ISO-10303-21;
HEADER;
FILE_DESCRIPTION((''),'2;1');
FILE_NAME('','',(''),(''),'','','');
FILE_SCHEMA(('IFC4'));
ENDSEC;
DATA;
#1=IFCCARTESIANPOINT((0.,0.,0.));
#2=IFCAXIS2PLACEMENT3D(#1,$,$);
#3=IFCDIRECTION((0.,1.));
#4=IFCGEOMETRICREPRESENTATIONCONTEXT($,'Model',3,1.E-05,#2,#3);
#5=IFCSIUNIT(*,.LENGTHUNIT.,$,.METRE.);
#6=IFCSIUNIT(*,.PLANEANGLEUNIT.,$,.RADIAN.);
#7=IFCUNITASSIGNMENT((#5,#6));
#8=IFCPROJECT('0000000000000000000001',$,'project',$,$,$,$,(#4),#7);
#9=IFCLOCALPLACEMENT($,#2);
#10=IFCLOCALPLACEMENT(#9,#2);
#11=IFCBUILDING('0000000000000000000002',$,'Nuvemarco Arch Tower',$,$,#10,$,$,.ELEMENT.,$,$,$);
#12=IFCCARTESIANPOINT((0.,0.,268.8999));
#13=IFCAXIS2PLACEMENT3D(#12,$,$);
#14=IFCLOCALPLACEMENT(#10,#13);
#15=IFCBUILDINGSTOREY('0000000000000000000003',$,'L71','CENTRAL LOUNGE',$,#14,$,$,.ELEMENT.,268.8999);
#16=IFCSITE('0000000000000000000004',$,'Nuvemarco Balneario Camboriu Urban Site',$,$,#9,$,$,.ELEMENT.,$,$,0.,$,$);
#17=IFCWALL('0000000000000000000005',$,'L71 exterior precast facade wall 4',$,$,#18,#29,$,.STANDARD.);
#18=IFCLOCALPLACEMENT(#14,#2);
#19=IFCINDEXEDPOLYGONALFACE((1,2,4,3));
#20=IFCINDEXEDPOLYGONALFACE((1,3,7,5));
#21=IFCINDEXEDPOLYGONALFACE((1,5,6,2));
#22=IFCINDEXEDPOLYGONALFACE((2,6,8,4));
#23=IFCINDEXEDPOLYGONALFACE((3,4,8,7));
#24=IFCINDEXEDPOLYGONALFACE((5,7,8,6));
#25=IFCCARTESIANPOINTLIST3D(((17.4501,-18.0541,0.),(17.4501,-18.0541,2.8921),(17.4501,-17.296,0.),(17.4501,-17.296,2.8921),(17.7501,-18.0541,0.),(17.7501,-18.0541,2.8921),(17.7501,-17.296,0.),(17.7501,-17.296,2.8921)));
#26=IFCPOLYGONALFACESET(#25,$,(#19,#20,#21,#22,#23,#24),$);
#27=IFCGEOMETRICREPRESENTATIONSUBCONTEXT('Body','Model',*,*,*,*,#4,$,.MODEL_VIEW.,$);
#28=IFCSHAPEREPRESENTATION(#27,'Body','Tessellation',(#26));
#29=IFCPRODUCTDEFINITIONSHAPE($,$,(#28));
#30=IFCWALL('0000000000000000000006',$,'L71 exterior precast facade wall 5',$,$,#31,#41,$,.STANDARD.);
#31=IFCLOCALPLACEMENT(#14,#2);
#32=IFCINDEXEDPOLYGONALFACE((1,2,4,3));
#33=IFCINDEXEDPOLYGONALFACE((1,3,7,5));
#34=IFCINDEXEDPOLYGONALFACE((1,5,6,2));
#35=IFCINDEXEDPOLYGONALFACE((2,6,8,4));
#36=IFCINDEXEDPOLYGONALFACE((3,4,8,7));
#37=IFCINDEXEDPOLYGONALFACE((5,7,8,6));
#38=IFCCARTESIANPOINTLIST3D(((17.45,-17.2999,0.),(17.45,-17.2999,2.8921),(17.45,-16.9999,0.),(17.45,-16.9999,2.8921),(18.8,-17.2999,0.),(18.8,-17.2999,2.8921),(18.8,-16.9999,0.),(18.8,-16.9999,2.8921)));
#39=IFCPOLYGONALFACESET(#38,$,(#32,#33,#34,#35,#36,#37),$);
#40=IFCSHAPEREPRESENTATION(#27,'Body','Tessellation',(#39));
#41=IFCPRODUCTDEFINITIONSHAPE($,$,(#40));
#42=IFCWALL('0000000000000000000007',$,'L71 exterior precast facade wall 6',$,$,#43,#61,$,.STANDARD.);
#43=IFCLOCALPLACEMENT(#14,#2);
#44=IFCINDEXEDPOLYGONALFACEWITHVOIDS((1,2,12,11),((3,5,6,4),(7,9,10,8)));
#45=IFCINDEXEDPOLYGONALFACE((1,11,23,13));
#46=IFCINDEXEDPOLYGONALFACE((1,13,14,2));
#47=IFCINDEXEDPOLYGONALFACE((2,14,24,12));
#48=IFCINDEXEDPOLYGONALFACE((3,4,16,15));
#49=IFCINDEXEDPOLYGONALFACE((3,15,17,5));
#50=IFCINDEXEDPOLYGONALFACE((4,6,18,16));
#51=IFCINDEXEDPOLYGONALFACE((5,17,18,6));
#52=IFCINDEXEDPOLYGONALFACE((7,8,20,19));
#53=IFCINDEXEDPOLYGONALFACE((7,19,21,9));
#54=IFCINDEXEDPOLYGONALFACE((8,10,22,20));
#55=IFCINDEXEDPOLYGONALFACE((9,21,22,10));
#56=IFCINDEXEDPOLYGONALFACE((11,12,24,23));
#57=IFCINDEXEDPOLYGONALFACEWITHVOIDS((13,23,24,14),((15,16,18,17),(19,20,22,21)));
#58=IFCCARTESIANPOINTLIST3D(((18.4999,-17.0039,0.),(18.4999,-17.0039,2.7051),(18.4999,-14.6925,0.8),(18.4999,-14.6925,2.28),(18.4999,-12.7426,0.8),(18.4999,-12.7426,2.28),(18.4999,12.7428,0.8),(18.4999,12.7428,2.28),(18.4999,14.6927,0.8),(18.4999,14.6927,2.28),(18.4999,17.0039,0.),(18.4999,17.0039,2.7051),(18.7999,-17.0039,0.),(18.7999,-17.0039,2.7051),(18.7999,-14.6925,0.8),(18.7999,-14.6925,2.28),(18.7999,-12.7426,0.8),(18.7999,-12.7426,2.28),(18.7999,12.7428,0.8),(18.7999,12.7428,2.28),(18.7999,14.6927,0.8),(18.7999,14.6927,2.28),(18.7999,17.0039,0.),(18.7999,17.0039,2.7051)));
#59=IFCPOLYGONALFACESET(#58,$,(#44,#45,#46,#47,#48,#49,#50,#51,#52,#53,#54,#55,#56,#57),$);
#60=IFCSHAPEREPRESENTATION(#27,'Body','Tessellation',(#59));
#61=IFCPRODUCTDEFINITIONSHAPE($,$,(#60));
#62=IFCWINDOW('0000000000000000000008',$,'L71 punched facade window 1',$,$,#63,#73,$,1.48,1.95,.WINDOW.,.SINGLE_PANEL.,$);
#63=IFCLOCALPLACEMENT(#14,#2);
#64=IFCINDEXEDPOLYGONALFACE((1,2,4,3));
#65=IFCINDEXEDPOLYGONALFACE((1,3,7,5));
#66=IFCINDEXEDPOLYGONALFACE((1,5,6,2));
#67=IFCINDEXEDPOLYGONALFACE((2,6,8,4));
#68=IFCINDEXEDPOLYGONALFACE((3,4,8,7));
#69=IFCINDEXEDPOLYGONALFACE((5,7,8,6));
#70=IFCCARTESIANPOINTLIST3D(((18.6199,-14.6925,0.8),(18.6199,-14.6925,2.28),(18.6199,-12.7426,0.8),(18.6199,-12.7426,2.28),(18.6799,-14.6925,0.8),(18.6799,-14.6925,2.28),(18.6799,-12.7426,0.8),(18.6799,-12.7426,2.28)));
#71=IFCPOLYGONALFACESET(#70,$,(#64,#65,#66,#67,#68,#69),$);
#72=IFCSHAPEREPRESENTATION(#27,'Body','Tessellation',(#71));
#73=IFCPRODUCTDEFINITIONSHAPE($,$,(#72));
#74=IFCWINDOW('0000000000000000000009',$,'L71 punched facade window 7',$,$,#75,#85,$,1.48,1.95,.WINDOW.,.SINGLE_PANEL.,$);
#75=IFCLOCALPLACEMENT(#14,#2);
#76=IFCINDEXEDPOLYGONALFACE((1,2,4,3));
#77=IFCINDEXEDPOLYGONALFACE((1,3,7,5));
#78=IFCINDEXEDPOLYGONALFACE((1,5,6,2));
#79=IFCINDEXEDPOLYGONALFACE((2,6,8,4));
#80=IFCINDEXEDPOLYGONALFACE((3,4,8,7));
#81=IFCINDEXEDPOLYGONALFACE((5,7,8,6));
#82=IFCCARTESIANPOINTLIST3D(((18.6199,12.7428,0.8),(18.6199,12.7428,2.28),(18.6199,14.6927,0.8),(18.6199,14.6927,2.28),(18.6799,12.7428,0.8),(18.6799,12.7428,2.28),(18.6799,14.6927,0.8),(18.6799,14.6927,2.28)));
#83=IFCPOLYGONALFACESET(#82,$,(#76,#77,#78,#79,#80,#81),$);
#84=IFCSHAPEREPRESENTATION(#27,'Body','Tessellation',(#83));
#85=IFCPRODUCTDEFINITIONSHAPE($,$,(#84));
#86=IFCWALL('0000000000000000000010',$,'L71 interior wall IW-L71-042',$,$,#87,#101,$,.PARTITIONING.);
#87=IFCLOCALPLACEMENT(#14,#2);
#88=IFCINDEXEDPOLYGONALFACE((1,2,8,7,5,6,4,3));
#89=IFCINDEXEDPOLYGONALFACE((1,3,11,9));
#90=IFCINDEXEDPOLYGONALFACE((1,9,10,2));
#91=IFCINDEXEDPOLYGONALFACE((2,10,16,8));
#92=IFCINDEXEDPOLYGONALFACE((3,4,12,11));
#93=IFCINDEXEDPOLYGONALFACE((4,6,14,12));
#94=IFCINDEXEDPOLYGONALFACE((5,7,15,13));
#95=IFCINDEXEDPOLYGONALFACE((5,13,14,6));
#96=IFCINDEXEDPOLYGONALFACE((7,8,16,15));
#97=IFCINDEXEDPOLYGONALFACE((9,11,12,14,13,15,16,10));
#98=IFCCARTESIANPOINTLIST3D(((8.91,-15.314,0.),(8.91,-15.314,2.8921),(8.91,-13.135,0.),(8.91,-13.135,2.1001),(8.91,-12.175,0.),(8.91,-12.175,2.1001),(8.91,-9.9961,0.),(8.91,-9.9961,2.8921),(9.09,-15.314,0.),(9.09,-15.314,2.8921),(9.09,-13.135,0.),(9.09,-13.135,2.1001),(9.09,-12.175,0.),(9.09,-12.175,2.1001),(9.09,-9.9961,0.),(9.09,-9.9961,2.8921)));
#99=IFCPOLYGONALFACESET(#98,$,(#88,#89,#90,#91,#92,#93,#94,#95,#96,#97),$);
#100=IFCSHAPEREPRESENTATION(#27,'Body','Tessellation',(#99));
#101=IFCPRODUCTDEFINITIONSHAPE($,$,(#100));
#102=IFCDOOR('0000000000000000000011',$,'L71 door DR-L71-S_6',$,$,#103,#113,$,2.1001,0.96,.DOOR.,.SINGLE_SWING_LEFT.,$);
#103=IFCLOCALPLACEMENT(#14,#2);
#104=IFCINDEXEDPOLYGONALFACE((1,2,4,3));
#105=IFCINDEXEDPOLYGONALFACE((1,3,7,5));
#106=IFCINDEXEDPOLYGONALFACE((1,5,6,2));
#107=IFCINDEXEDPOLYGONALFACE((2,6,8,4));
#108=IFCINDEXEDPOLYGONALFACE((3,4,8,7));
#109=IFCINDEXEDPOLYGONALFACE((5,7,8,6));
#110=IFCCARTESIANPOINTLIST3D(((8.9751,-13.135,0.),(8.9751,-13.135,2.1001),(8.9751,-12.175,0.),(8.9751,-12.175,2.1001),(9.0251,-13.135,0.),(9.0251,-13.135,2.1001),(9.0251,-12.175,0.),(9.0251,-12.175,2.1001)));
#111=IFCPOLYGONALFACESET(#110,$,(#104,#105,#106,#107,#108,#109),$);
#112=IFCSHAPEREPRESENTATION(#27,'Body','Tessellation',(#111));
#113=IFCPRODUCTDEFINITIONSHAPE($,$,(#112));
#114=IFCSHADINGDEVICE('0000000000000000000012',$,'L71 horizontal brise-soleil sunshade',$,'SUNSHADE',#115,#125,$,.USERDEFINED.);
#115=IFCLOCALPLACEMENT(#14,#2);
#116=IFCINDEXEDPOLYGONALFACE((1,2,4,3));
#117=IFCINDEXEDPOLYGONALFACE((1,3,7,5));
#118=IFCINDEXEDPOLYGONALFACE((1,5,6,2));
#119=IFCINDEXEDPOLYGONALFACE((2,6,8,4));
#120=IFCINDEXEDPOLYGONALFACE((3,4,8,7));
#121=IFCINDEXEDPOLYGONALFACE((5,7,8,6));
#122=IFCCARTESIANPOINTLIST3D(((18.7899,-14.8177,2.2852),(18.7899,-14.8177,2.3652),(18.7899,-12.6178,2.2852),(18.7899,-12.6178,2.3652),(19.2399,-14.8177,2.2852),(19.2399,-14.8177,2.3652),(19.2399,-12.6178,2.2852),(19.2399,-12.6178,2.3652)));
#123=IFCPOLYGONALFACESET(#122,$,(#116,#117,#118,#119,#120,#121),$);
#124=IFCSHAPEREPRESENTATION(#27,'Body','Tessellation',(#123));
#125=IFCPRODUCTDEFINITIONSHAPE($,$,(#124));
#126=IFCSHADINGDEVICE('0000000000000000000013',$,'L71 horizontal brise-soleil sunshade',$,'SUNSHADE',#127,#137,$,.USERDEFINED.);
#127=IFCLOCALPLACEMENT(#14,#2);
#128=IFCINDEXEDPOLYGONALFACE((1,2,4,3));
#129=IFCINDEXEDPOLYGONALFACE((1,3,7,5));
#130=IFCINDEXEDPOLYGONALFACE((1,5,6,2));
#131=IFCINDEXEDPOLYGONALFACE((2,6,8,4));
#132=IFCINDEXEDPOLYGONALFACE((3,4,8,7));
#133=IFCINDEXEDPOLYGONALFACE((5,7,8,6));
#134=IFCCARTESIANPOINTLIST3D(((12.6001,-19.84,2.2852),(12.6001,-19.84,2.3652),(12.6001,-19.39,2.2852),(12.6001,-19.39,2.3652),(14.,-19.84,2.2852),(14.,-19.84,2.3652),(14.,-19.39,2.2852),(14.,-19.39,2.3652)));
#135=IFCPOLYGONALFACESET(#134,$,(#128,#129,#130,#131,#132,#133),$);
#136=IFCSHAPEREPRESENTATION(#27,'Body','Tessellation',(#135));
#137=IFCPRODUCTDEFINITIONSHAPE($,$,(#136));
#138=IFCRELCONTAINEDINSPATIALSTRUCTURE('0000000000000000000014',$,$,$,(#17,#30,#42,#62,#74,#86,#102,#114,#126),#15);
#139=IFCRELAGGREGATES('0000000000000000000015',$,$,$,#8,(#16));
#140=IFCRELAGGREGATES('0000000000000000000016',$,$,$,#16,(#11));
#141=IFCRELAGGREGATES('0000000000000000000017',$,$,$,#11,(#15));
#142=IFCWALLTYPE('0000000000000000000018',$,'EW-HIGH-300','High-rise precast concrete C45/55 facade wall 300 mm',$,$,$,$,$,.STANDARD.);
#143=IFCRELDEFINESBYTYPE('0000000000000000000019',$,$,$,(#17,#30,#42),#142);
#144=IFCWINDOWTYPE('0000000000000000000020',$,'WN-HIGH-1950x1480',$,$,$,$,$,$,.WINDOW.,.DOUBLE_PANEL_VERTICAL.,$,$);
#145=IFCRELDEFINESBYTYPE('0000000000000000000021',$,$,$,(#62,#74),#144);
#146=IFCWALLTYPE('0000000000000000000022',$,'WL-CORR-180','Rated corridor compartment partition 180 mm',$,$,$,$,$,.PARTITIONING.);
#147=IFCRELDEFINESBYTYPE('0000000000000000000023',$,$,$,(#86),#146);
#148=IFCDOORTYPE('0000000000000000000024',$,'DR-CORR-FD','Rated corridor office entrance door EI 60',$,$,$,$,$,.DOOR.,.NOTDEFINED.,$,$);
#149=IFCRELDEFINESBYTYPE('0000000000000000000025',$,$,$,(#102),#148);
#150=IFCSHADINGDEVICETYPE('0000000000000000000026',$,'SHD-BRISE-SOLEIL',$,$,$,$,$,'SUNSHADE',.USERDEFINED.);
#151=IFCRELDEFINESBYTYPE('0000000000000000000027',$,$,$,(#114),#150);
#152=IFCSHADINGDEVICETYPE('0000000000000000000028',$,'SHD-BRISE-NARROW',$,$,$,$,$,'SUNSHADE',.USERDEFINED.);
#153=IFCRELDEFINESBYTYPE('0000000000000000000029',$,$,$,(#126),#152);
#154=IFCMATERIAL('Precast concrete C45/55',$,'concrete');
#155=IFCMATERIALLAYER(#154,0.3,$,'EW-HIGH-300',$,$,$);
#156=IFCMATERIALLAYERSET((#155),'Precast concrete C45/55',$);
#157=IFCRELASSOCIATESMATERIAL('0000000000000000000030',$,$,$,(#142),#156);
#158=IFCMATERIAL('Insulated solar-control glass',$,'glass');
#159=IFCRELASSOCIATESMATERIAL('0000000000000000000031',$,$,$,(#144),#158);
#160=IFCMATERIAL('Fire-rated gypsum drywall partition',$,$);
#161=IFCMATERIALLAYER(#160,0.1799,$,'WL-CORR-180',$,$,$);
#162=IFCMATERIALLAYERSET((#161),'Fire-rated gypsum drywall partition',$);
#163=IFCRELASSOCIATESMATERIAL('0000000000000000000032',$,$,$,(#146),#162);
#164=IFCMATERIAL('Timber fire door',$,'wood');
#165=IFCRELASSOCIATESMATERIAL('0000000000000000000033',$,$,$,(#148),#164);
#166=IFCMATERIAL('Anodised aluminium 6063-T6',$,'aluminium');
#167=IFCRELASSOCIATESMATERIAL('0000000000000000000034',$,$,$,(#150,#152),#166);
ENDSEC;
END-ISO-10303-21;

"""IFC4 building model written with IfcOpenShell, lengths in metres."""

from ifc_helpers import new_model, si_unit, direction, frame, frame_2d, origin, origin_2d, place, context, subcontext, project, spatial, rectangle, extrude, source, transform, mapped, material, layer, layer_set, type_object, type_shapes, element, fill, save


model = new_model("IFC4")

# Units and contexts
model_context = context("Model", 3, precision=1e-05, world=origin(), true_north=direction((0.0, 1.0)))
body_context = subcontext(model_context, "Body", "Model", "MODEL_VIEW")
ifc_project = project(units=[si_unit("LENGTHUNIT", "METRE"), si_unit("PLANEANGLEUNIT", "RADIAN")], contexts=[model_context])

# Site, building, storey
site_placement = place(None, origin())
site = spatial("IfcSite", under=ifc_project, at=site_placement, Name="Nuvemarco Balneario Camboriu Urban Site", CompositionType="ELEMENT", RefElevation=0.0)
building_placement = place(site_placement, origin())
building = spatial("IfcBuilding", under=site, at=building_placement, Name="Nuvemarco Arch Tower", CompositionType="ELEMENT")
storey_placement = place(building_placement, frame((0.0, 0.0, 268.8999)))
storey = spatial("IfcBuildingStorey", under=building, at=storey_placement, Name="L71", Description="CENTRAL LOUNGE", CompositionType="ELEMENT", Elevation=268.8999)

# Shared definitions
ifc_material_1 = material(Name="Precast concrete C45/55", Category="concrete")

# Walls
ifc_layer_1 = layer(ifc_material_1, 0.3, Name="EW-HIGH-300")
ifc_layer_set_1 = layer_set([ifc_layer_1], Name="Precast concrete C45/55")
wall_type_1 = type_object("IfcWallType", Name="EW-HIGH-300", Description="High-rise precast concrete C45/55 facade wall 300 mm", PredefinedType="STANDARD", material=ifc_layer_set_1)
wall_1_placement = place(storey_placement, frame((17.6001, -18.054, 0.0), z_axis=(0.0, 0.0, 1.0), x_axis=(0.0, 1.0, 0.0)))
element("IfcWall", 1, at=wall_1_placement, inside=storey, type_object=wall_type_1, Name="L71 exterior precast facade wall 4", PredefinedType="STANDARD", context=body_context, shape_type="SweptSolid", body=[
    extrude(rectangle(XDim=0.7581, YDim=0.3, at=frame_2d((0.3789, 0.0))), origin(), (0.0, 0.0, 1.0), 2.8921),
])
wall_2_placement = place(storey_placement, frame((17.45, -17.1499, 0.0), z_axis=(0.0, 0.0, 1.0), x_axis=(1.0, 0.0, 0.0)))
element("IfcWall", 2, at=wall_2_placement, inside=storey, type_object=wall_type_1, Name="L71 exterior precast facade wall 5", PredefinedType="STANDARD", context=body_context, shape_type="SweptSolid", body=[
    extrude(rectangle(XDim=1.3501, YDim=0.3, at=frame_2d((0.675, 0.0))), origin(), (0.0, 0.0, 1.0), 2.8921),
])

# Wall, openings, windows
wall_3_placement = place(storey_placement, frame((18.6499, -17.0039, 0.0), z_axis=(0.0, 0.0, 1.0), x_axis=(0.0, 1.0, 0.0)))
wall_3 = element("IfcWall", 3, at=wall_3_placement, inside=storey, type_object=wall_type_1, Name="L71 exterior precast facade wall 6", PredefinedType="STANDARD", context=body_context, shape_type="SweptSolid", body=[
    extrude(rectangle(XDim=34.0078, YDim=0.3, at=frame_2d((17.0039, 0.0))), origin(), (0.0, 0.0, 1.0), 2.7051),
])
opening_1_placement = place(wall_3_placement, frame((2.3113, 0.0, 0.8)))
opening_1 = element("IfcOpeningElement", 4, at=opening_1_placement, cuts=wall_3, PredefinedType="OPENING", context=body_context, shape_type="SweptSolid", body=[
    extrude(rectangle(XDim=1.95, YDim=1.48, at=frame_2d((0.9751, 0.74))), frame((0.0, 0.1599, 0.0), z_axis=(0.0, -1.0, 0.0), x_axis=(1.0, 0.0, 0.0)), (0.0, 0.0, 1.0), 0.3201),
])
opening_2_placement = place(wall_3_placement, frame((29.7466, 0.0, 0.8)))
opening_2 = element("IfcOpeningElement", 5, at=opening_2_placement, cuts=wall_3, PredefinedType="OPENING", context=body_context, shape_type="SweptSolid", body=[
    extrude(rectangle(XDim=1.95, YDim=1.48, at=frame_2d((0.9751, 0.74))), frame((0.0, 0.1599, 0.0), z_axis=(0.0, -1.0, 0.0), x_axis=(1.0, 0.0, 0.0)), (0.0, 0.0, 1.0), 0.3201),
])
ifc_material_2 = material(Name="Insulated solar-control glass", Category="glass")
window_type = type_object("IfcWindowType", Name="WN-HIGH-1950x1480", PartitioningType="DOUBLE_PANEL_VERTICAL", PredefinedType="WINDOW", material=ifc_material_2)
shared_shape_1 = source(origin(), body_context, "Body", "SweptSolid", [
    extrude(rectangle(XDim=1.95, YDim=1.48, at=frame_2d((0.9751, 0.74))), frame((0.0, 0.03, 0.0), z_axis=(0.0, -1.0, 0.0), x_axis=(1.0, 0.0, 0.0)), (0.0, 0.0, 1.0), 0.0601),
])
type_shapes(window_type, [shared_shape_1])
window_1_placement = place(opening_1_placement, origin())
window_1 = element("IfcWindow", 6, at=window_1_placement, inside=storey, type_object=window_type, Name="L71 punched facade window 1", OverallHeight=1.48, OverallWidth=1.95, PartitioningType="SINGLE_PANEL", PredefinedType="WINDOW", context=body_context, shape_type="MappedRepresentation", body=[
    mapped(shared_shape_1, transform((0.0, 0.0, 0.0), scale=1.0)),
])
fill(opening_1, window_1)
window_2_placement = place(opening_2_placement, origin())
window_2 = element("IfcWindow", 7, at=window_2_placement, inside=storey, type_object=window_type, Name="L71 punched facade window 7", OverallHeight=1.48, OverallWidth=1.95, PartitioningType="SINGLE_PANEL", PredefinedType="WINDOW", context=body_context, shape_type="MappedRepresentation", body=[
    mapped(shared_shape_1, transform((0.0, 0.0, 0.0), scale=1.0)),
])
fill(opening_2, window_2)

# Wall, opening, door
ifc_material_3 = material(Name="Fire-rated gypsum drywall partition")
ifc_layer_2 = layer(ifc_material_3, 0.1799, Name="WL-CORR-180")
ifc_layer_set_2 = layer_set([ifc_layer_2], Name="Fire-rated gypsum drywall partition")
wall_type_2 = type_object("IfcWallType", Name="WL-CORR-180", Description="Rated corridor compartment partition 180 mm", PredefinedType="PARTITIONING", material=ifc_layer_set_2)
wall_4_placement = place(storey_placement, frame((9.0, -15.314, 0.0), z_axis=(0.0, 0.0, 1.0), x_axis=(0.0, 1.0, 0.0)))
wall_4 = element("IfcWall", 8, at=wall_4_placement, inside=storey, type_object=wall_type_2, Name="L71 interior wall IW-L71-042", PredefinedType="PARTITIONING", context=body_context, shape_type="SweptSolid", body=[
    extrude(rectangle(XDim=5.3179, YDim=0.1799, at=frame_2d((2.6589, 0.0))), origin(), (0.0, 0.0, 1.0), 2.8921),
])
opening_3_placement = place(wall_4_placement, frame((2.179, 0.0, 0.0)))
opening_3 = element("IfcOpeningElement", 9, at=opening_3_placement, cuts=wall_4, PredefinedType="OPENING", context=body_context, shape_type="SweptSolid", body=[
    extrude(rectangle(XDim=0.96, YDim=2.1001, at=frame_2d((0.48, 1.05))), frame((0.0, 0.0999, 0.0), z_axis=(0.0, -1.0, 0.0), x_axis=(1.0, 0.0, 0.0)), (0.0, 0.0, 1.0), 0.2),
])
ifc_material_4 = material(Name="Timber fire door", Category="wood")
door_type = type_object("IfcDoorType", Name="DR-CORR-FD", Description="Rated corridor office entrance door EI 60", OperationType="NOTDEFINED", PredefinedType="DOOR", material=ifc_material_4)
shared_shape_2 = source(origin(), body_context, "Body", "SweptSolid", [
    extrude(rectangle(XDim=0.96, YDim=2.1001, at=frame_2d((0.48, 1.05))), frame((0.0, 0.0249, 0.0), z_axis=(0.0, -1.0, 0.0), x_axis=(1.0, 0.0, 0.0)), (0.0, 0.0, 1.0), 0.05),
])
type_shapes(door_type, [shared_shape_2])
door_placement = place(opening_3_placement, origin())
door = element("IfcDoor", 10, at=door_placement, inside=storey, type_object=door_type, Name="L71 door DR-L71-S_6", OperationType="SINGLE_SWING_LEFT", OverallHeight=2.1001, OverallWidth=0.96, PredefinedType="DOOR", context=body_context, shape_type="MappedRepresentation", body=[
    mapped(shared_shape_2, transform((0.0, 0.0, 0.0), scale=1.0)),
])
fill(opening_3, door)

# Shading devices
ifc_material_5 = material(Name="Anodised aluminium 6063-T6", Category="aluminium")
shading_device_type_1 = type_object("IfcShadingDeviceType", Name="SHD-BRISE-SOLEIL", ElementType="SUNSHADE", PredefinedType="USERDEFINED", material=ifc_material_5)
shared_shape_3 = source(origin(), body_context, "Body", "SweptSolid", [
    extrude(rectangle(XDim=2.2, YDim=0.45, at=origin_2d()), origin(), (0.0, 0.0, 1.0), 0.0801),
])
type_shapes(shading_device_type_1, [shared_shape_3])
shading_device_1_placement = place(storey_placement, frame((19.0149, -13.7178, 2.2852), z_axis=(0.0, 0.0, 1.0), x_axis=(0.0, 1.0, 0.0)))
element("IfcShadingDevice", 11, at=shading_device_1_placement, inside=storey, type_object=shading_device_type_1, Name="L71 horizontal brise-soleil sunshade", ObjectType="SUNSHADE", PredefinedType="USERDEFINED", context=body_context, shape_type="MappedRepresentation", body=[
    mapped(shared_shape_3, transform((0.0, 0.0, 0.0), scale=1.0)),
])
shading_device_type_2 = type_object("IfcShadingDeviceType", Name="SHD-BRISE-NARROW", ElementType="SUNSHADE", PredefinedType="USERDEFINED", material=ifc_material_5)
shared_shape_4 = source(origin(), body_context, "Body", "SweptSolid", [
    extrude(rectangle(XDim=1.3999, YDim=0.45, at=origin_2d()), origin(), (0.0, 0.0, 1.0), 0.0801),
])
type_shapes(shading_device_type_2, [shared_shape_4])
shading_device_2_placement = place(storey_placement, frame((13.3, -19.615, 2.2852), z_axis=(0.0, 0.0, 1.0), x_axis=(1.0, 0.0, 0.0)))
element("IfcShadingDevice", 12, at=shading_device_2_placement, inside=storey, type_object=shading_device_type_2, Name="L71 horizontal brise-soleil sunshade", ObjectType="SUNSHADE", PredefinedType="USERDEFINED", context=body_context, shape_type="MappedRepresentation", body=[
    mapped(shared_shape_4, transform((0.0, 0.0, 0.0), scale=1.0)),
])

save(model, "model.ifc")
